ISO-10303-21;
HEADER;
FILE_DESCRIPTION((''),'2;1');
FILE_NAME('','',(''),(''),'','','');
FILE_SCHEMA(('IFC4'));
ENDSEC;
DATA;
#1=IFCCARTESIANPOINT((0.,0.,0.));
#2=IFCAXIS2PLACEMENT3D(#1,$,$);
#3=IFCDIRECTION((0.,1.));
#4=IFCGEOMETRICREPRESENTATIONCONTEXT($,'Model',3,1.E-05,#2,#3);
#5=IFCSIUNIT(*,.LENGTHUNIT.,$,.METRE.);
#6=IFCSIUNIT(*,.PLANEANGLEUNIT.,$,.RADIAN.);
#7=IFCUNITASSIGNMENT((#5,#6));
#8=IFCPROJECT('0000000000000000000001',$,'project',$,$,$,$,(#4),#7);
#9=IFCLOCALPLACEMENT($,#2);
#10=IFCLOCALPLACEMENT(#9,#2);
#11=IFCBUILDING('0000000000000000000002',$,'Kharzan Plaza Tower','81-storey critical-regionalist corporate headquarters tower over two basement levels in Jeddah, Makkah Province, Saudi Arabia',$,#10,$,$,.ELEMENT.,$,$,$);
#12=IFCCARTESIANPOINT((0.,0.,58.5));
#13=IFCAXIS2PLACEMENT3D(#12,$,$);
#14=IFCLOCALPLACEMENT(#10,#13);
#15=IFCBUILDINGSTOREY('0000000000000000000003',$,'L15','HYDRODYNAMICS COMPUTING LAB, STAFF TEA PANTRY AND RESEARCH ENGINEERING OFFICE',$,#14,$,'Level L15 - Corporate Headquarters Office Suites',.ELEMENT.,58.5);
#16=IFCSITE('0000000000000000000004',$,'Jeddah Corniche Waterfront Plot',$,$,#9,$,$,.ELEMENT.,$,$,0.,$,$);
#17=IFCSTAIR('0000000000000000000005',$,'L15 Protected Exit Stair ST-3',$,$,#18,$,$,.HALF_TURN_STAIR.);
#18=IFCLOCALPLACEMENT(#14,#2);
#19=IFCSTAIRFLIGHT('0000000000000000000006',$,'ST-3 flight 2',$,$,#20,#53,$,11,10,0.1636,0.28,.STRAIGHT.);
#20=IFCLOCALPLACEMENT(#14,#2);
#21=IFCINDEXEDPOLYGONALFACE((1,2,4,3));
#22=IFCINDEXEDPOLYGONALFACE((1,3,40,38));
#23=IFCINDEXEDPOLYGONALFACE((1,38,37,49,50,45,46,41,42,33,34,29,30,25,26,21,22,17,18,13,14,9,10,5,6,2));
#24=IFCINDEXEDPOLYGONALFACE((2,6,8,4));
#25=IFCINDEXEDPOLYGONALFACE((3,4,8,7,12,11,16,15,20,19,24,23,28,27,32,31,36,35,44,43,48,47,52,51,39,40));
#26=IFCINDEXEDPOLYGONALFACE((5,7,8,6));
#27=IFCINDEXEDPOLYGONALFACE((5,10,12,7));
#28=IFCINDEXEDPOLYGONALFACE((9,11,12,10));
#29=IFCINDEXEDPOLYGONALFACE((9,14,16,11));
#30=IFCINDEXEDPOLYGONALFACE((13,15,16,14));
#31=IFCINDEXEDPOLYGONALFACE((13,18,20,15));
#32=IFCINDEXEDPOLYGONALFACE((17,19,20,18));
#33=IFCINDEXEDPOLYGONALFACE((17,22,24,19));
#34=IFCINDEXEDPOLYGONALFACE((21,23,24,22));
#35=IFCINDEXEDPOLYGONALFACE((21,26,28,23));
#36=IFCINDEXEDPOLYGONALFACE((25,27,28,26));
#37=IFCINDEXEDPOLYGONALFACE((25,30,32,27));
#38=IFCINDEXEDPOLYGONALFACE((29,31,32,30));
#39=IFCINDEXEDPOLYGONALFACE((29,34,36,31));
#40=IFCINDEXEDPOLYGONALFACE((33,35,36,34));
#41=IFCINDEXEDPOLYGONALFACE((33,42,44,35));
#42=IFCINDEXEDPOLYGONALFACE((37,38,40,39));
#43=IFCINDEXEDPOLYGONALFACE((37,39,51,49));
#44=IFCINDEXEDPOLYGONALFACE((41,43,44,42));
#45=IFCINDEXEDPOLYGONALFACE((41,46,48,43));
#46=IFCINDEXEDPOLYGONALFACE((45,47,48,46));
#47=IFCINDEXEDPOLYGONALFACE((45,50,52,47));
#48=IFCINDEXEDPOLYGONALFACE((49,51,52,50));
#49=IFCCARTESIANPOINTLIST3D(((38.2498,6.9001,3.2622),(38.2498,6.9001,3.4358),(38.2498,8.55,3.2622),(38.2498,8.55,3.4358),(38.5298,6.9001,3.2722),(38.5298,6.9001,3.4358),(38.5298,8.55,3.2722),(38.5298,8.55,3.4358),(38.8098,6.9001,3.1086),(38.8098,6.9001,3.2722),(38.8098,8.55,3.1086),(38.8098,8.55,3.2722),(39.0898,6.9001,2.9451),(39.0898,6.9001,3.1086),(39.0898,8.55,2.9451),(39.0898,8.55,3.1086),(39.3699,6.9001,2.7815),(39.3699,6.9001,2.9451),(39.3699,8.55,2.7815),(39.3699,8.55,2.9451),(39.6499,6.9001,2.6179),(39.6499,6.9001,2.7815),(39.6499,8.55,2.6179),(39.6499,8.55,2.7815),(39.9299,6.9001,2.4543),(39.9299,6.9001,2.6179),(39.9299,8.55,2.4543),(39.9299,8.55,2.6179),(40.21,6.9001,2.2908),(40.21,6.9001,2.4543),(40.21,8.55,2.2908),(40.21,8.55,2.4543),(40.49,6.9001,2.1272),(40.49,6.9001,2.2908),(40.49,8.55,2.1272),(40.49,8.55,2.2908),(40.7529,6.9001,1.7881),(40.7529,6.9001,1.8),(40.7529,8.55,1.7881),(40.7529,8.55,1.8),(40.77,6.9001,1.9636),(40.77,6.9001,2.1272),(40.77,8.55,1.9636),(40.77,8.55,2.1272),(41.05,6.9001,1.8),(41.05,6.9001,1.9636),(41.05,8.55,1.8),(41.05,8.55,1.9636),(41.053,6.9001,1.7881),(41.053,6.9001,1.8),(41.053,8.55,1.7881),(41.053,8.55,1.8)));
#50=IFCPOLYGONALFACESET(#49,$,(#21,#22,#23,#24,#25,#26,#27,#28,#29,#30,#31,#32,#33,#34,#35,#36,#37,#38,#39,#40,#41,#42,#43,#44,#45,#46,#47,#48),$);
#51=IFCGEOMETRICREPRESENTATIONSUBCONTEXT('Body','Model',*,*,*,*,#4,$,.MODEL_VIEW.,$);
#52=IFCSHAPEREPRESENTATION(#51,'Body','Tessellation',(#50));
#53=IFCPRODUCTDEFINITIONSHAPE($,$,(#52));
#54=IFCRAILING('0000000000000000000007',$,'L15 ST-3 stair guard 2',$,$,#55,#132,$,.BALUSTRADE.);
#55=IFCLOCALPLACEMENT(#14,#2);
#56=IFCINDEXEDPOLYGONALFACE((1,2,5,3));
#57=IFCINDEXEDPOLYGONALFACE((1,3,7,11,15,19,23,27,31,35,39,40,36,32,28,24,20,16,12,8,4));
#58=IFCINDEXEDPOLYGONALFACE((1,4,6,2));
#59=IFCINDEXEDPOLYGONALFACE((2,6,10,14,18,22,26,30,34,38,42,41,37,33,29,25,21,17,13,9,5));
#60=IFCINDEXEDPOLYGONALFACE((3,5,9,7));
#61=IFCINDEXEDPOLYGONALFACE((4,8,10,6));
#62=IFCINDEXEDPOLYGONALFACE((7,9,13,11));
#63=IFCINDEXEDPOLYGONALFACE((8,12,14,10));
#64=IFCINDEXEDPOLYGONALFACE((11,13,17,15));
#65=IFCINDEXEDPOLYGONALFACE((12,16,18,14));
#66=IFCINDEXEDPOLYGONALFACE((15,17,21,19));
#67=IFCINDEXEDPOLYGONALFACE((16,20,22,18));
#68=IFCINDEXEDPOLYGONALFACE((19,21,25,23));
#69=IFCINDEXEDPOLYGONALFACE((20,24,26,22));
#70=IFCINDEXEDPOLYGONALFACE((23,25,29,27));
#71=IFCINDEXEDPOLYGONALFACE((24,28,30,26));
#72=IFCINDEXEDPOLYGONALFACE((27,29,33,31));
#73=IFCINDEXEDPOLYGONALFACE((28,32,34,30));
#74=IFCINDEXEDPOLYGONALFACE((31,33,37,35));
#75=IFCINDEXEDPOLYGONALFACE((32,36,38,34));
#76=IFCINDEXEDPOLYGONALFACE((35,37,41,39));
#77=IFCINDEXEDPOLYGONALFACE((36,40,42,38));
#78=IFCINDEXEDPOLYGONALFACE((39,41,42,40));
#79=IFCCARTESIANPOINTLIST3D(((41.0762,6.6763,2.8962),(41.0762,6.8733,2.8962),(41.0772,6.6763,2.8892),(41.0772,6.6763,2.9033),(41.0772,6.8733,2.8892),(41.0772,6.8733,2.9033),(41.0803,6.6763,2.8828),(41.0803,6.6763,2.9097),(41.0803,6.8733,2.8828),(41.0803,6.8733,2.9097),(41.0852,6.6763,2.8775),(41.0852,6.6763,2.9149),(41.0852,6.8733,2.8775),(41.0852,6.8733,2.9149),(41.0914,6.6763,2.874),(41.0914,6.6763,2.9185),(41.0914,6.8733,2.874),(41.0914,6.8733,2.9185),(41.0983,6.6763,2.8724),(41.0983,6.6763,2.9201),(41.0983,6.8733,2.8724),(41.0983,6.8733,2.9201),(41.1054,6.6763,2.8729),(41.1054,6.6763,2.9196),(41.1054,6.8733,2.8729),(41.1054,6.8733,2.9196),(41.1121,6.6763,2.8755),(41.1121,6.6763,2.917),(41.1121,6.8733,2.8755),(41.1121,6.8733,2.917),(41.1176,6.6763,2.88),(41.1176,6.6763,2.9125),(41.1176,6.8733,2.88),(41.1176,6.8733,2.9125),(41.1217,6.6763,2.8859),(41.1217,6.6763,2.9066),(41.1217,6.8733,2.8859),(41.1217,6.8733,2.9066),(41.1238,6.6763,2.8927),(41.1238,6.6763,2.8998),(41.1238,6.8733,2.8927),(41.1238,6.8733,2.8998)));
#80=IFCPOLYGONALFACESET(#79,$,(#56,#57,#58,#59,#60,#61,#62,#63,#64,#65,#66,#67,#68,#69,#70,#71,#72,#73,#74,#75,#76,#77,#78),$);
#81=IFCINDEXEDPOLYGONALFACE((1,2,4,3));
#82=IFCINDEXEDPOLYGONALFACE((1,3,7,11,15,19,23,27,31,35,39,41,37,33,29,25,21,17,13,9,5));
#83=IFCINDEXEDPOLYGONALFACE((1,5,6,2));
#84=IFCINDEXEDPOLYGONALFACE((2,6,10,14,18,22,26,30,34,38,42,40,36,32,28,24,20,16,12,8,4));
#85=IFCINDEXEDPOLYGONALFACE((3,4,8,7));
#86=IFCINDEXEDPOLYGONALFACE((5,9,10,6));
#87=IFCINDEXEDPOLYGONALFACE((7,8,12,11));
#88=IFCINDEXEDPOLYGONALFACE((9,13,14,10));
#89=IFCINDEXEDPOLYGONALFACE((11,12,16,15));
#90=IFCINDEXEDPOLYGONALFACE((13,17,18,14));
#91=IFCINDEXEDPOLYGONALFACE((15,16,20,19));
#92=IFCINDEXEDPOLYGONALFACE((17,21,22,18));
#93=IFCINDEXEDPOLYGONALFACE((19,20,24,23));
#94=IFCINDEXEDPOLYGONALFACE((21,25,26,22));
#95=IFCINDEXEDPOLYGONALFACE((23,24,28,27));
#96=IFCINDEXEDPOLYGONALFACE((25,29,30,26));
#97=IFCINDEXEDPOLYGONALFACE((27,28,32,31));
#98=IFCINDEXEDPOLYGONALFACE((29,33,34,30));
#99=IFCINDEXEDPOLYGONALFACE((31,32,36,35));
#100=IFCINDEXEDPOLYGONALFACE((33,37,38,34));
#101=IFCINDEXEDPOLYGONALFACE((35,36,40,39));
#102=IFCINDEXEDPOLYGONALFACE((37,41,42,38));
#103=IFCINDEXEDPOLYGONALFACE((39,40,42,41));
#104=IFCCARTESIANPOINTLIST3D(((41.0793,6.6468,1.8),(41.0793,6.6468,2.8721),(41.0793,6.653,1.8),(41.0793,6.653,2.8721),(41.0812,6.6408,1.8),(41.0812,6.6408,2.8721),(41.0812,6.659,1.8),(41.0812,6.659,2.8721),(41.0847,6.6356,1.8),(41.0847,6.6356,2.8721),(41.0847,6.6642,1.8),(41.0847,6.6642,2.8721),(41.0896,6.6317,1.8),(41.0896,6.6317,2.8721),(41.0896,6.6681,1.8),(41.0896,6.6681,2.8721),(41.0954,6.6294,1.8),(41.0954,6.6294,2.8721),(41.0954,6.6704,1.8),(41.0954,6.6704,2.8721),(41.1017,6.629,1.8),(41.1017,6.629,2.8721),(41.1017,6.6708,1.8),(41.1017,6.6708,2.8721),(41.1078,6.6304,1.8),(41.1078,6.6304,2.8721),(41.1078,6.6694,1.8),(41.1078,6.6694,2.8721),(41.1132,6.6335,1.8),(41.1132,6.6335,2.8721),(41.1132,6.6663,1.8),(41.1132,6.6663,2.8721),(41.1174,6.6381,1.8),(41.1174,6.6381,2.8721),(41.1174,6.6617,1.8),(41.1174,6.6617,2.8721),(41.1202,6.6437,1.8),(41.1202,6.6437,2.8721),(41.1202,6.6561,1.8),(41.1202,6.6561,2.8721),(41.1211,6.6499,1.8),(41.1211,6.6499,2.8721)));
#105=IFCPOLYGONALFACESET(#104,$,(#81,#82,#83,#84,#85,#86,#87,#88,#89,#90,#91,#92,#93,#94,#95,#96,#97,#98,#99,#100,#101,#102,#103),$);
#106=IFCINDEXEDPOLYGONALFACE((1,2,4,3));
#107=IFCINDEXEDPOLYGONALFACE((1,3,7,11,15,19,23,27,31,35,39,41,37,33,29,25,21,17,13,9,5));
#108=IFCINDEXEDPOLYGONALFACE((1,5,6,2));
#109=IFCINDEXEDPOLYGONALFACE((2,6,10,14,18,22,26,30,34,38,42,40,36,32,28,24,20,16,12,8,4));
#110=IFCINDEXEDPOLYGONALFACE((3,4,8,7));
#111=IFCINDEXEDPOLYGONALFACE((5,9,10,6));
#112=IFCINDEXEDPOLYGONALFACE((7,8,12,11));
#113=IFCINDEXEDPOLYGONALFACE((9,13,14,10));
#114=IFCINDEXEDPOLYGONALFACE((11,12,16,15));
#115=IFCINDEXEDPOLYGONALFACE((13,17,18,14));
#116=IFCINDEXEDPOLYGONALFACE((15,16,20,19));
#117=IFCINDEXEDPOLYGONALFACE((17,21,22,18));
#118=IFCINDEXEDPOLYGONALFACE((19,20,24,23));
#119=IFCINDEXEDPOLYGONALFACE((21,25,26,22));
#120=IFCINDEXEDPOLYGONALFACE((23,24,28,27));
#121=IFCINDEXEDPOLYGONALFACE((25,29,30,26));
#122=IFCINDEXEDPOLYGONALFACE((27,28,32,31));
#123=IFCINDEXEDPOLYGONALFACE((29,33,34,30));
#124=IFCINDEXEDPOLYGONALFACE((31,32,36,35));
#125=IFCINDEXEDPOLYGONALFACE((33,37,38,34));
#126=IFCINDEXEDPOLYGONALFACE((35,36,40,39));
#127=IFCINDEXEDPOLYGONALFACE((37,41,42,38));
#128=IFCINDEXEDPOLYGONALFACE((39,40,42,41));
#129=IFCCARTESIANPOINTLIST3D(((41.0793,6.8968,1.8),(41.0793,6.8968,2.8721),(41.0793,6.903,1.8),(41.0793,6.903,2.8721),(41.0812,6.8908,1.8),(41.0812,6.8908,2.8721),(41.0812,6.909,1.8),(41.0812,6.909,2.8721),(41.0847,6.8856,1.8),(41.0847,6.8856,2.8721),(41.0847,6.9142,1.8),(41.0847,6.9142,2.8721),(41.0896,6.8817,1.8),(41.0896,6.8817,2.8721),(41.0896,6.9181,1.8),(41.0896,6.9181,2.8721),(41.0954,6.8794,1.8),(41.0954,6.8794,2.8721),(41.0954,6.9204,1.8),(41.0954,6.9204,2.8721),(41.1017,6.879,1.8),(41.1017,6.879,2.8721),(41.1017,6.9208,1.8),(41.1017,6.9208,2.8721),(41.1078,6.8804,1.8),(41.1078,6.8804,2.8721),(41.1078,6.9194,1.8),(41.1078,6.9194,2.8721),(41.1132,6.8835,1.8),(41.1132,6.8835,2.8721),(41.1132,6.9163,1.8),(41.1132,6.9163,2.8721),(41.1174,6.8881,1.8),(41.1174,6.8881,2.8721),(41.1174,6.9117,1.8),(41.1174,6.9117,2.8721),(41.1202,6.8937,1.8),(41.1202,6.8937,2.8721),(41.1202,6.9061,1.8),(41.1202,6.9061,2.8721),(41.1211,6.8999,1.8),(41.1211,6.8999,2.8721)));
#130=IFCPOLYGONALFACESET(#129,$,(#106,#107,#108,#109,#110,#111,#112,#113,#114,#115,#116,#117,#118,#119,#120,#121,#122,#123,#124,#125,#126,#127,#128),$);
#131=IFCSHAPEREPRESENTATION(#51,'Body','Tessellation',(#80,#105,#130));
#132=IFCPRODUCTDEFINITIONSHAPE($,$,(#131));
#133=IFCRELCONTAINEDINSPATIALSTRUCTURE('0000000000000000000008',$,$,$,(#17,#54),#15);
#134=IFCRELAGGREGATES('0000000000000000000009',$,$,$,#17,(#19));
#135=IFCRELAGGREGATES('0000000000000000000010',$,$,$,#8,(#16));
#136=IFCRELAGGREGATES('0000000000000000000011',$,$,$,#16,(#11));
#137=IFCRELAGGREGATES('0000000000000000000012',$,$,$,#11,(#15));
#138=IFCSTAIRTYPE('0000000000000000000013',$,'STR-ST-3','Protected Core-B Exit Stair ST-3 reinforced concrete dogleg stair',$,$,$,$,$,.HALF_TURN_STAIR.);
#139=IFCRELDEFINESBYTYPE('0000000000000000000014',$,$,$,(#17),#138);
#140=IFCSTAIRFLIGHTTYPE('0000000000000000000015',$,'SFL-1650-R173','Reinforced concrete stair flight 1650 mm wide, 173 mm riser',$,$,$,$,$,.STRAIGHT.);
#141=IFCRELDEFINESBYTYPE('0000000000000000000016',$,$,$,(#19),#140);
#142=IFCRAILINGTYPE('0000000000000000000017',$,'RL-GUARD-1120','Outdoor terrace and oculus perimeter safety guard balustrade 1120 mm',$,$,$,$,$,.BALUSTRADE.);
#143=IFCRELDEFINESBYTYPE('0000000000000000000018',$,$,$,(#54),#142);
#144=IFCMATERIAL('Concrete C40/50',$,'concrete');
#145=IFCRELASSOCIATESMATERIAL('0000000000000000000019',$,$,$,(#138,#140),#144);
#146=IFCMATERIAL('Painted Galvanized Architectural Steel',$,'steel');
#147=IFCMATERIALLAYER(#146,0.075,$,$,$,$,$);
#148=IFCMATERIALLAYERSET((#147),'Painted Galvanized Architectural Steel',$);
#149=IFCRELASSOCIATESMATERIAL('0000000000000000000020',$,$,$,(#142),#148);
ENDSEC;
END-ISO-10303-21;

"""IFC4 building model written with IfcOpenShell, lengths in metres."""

from ifc_helpers import new_model, si_unit, direction, frame, origin, origin_2d, place, context, subcontext, project, spatial, polyline, circle, outline, extrude, source, transform, mapped, material, layer, layer_set, type_object, element, aggregate, save


model = new_model("IFC4")

# Units and contexts
model_context = context("Model", 3, precision=1e-05, world=origin(), true_north=direction((0.0, 1.0)))
body_context = subcontext(model_context, "Body", "Model", "MODEL_VIEW")
ifc_project = project(units=[si_unit("LENGTHUNIT", "METRE"), si_unit("PLANEANGLEUNIT", "RADIAN")], contexts=[model_context])

# Site, building, storey
site_placement = place(None, origin())
site = spatial("IfcSite", under=ifc_project, at=site_placement, Name="Jeddah Corniche Waterfront Plot", CompositionType="ELEMENT", RefElevation=0.0)
building_placement = place(site_placement, origin())
building = spatial("IfcBuilding", under=site, at=building_placement, Name="Kharzan Plaza Tower", Description="81-storey critical-regionalist corporate headquarters tower over two basement levels in Jeddah, Makkah Province, Saudi Arabia", CompositionType="ELEMENT")
storey_placement = place(building_placement, frame((0.0, 0.0, 58.5)))
storey = spatial("IfcBuildingStorey", under=building, at=storey_placement, Name="L15", Description="HYDRODYNAMICS COMPUTING LAB, STAFF TEA PANTRY AND RESEARCH ENGINEERING OFFICE", LongName="Level L15 - Corporate Headquarters Office Suites", CompositionType="ELEMENT", Elevation=58.5)

# Shared definitions
ifc_material_1 = material(Name="Concrete C40/50", Category="concrete")

# Stair, stair flight
stair_type = type_object("IfcStairType", Name="STR-ST-3", Description="Protected Core-B Exit Stair ST-3 reinforced concrete dogleg stair", PredefinedType="HALF_TURN_STAIR", material=ifc_material_1)
stair_placement = place(storey_placement, origin())
stair = element("IfcStair", 1, at=stair_placement, inside=storey, type_object=stair_type, Name="L15 Protected Exit Stair ST-3", PredefinedType="HALF_TURN_STAIR")
stair_flight_type = type_object("IfcStairFlightType", Name="SFL-1650-R173", Description="Reinforced concrete stair flight 1650 mm wide, 173 mm riser", PredefinedType="STRAIGHT", material=ifc_material_1)
shared_shape_1 = source(origin(), body_context, "Body", "SweptSolid", [
    extrude(outline(polyline([(-0.0029, -0.012), (-0.0029, 0.0), (0.0, 0.0), (0.0, 0.1636), (0.28, 0.1636), (0.28, 0.3271), (0.5601, 0.3271), (0.5601, 0.4907), (0.8401, 0.4907), (0.8401, 0.6543), (1.1201, 0.6543), (1.1201, 0.8179), (1.4001, 0.8179), (1.4001, 0.9814), (1.6802, 0.9814), (1.6802, 1.145), (1.9602, 1.145), (1.9602, 1.3086), (2.2402, 1.3086), (2.2402, 1.4722), (2.5203, 1.4722), (2.5203, 1.6357), (2.8003, 1.6357), (2.8003, 1.7993), (2.8003, 1.4622), (0.2971, 0.0), (0.2971, -0.012), (-0.0029, -0.012)])), frame((0.0, 0.825, 0.0), z_axis=(0.0, -1.0, 0.0), x_axis=(1.0, 0.0, 0.0)), (0.0, 0.0, 1.0), 1.6499),
])
stair_flight_1_placement = place(storey_placement, frame((41.05, 7.7251, 1.8), z_axis=(0.0, 0.0, 1.0), x_axis=(-1.0, 0.0, 0.0)))
stair_flight_1 = element("IfcStairFlight", 2, at=stair_flight_1_placement, type_object=stair_flight_type, Name="ST-3 flight 2", NumberOfRisers=11, NumberOfTreads=10, PredefinedType="STRAIGHT", RiserHeight=0.1636, TreadLength=0.28, context=body_context, shape_type="MappedRepresentation", body=[
    mapped(shared_shape_1, transform((0.0, 0.0, 0.0), x_axis=(1.0, 0.0, 0.0), y_axis=(0.0, 1.0, 0.0), z_axis=(0.0, 0.0, 1.0))),
])
aggregate(stair, [stair_flight_1])

# Railing
ifc_material_2 = material(Name="Painted Galvanized Architectural Steel", Category="steel")
ifc_layer_1 = layer(ifc_material_2, 0.075)
ifc_layer_set_1 = layer_set([ifc_layer_1], Name="Painted Galvanized Architectural Steel")
railing_type_1 = type_object("IfcRailingType", Name="RL-GUARD-1120", Description="Outdoor terrace and oculus perimeter safety guard balustrade 1120 mm", PredefinedType="BALUSTRADE", material=ifc_layer_set_1)
shared_shape_2 = source(origin(), body_context, "Body", "SweptSolid", [
    extrude(circle(Radius=0.0239, at=origin_2d()), frame((0.0, 0.0264, 1.0962), z_axis=(0.0, 1.0, 0.0), x_axis=(-1.0, 0.0, 0.0)), (0.0, 0.0, 1.0), 0.197),
    extrude(circle(Radius=0.021, at=origin_2d()), origin(), (0.0, 0.0, 1.0), 1.072),
    extrude(circle(Radius=0.021, at=origin_2d()), frame((0.0, 0.25, 0.0)), (0.0, 0.0, 1.0), 1.072),
])
for number, where, name in (
    (3, (41.1001, 6.6499, 1.8), "L15 ST-3 stair guard 2"),
):
    element("IfcRailing", number, at=place(storey_placement, frame(where)), inside=storey, type_object=railing_type_1, Name=name, PredefinedType="BALUSTRADE", context=body_context, shape_type="MappedRepresentation", body=[
        mapped(shared_shape_2, transform((0.0, 0.0, 0.0), x_axis=(1.0, 0.0, 0.0), y_axis=(0.0, 1.0, 0.0), z_axis=(0.0, 0.0, 1.0))),
    ])

save(model, "model.ifc")
